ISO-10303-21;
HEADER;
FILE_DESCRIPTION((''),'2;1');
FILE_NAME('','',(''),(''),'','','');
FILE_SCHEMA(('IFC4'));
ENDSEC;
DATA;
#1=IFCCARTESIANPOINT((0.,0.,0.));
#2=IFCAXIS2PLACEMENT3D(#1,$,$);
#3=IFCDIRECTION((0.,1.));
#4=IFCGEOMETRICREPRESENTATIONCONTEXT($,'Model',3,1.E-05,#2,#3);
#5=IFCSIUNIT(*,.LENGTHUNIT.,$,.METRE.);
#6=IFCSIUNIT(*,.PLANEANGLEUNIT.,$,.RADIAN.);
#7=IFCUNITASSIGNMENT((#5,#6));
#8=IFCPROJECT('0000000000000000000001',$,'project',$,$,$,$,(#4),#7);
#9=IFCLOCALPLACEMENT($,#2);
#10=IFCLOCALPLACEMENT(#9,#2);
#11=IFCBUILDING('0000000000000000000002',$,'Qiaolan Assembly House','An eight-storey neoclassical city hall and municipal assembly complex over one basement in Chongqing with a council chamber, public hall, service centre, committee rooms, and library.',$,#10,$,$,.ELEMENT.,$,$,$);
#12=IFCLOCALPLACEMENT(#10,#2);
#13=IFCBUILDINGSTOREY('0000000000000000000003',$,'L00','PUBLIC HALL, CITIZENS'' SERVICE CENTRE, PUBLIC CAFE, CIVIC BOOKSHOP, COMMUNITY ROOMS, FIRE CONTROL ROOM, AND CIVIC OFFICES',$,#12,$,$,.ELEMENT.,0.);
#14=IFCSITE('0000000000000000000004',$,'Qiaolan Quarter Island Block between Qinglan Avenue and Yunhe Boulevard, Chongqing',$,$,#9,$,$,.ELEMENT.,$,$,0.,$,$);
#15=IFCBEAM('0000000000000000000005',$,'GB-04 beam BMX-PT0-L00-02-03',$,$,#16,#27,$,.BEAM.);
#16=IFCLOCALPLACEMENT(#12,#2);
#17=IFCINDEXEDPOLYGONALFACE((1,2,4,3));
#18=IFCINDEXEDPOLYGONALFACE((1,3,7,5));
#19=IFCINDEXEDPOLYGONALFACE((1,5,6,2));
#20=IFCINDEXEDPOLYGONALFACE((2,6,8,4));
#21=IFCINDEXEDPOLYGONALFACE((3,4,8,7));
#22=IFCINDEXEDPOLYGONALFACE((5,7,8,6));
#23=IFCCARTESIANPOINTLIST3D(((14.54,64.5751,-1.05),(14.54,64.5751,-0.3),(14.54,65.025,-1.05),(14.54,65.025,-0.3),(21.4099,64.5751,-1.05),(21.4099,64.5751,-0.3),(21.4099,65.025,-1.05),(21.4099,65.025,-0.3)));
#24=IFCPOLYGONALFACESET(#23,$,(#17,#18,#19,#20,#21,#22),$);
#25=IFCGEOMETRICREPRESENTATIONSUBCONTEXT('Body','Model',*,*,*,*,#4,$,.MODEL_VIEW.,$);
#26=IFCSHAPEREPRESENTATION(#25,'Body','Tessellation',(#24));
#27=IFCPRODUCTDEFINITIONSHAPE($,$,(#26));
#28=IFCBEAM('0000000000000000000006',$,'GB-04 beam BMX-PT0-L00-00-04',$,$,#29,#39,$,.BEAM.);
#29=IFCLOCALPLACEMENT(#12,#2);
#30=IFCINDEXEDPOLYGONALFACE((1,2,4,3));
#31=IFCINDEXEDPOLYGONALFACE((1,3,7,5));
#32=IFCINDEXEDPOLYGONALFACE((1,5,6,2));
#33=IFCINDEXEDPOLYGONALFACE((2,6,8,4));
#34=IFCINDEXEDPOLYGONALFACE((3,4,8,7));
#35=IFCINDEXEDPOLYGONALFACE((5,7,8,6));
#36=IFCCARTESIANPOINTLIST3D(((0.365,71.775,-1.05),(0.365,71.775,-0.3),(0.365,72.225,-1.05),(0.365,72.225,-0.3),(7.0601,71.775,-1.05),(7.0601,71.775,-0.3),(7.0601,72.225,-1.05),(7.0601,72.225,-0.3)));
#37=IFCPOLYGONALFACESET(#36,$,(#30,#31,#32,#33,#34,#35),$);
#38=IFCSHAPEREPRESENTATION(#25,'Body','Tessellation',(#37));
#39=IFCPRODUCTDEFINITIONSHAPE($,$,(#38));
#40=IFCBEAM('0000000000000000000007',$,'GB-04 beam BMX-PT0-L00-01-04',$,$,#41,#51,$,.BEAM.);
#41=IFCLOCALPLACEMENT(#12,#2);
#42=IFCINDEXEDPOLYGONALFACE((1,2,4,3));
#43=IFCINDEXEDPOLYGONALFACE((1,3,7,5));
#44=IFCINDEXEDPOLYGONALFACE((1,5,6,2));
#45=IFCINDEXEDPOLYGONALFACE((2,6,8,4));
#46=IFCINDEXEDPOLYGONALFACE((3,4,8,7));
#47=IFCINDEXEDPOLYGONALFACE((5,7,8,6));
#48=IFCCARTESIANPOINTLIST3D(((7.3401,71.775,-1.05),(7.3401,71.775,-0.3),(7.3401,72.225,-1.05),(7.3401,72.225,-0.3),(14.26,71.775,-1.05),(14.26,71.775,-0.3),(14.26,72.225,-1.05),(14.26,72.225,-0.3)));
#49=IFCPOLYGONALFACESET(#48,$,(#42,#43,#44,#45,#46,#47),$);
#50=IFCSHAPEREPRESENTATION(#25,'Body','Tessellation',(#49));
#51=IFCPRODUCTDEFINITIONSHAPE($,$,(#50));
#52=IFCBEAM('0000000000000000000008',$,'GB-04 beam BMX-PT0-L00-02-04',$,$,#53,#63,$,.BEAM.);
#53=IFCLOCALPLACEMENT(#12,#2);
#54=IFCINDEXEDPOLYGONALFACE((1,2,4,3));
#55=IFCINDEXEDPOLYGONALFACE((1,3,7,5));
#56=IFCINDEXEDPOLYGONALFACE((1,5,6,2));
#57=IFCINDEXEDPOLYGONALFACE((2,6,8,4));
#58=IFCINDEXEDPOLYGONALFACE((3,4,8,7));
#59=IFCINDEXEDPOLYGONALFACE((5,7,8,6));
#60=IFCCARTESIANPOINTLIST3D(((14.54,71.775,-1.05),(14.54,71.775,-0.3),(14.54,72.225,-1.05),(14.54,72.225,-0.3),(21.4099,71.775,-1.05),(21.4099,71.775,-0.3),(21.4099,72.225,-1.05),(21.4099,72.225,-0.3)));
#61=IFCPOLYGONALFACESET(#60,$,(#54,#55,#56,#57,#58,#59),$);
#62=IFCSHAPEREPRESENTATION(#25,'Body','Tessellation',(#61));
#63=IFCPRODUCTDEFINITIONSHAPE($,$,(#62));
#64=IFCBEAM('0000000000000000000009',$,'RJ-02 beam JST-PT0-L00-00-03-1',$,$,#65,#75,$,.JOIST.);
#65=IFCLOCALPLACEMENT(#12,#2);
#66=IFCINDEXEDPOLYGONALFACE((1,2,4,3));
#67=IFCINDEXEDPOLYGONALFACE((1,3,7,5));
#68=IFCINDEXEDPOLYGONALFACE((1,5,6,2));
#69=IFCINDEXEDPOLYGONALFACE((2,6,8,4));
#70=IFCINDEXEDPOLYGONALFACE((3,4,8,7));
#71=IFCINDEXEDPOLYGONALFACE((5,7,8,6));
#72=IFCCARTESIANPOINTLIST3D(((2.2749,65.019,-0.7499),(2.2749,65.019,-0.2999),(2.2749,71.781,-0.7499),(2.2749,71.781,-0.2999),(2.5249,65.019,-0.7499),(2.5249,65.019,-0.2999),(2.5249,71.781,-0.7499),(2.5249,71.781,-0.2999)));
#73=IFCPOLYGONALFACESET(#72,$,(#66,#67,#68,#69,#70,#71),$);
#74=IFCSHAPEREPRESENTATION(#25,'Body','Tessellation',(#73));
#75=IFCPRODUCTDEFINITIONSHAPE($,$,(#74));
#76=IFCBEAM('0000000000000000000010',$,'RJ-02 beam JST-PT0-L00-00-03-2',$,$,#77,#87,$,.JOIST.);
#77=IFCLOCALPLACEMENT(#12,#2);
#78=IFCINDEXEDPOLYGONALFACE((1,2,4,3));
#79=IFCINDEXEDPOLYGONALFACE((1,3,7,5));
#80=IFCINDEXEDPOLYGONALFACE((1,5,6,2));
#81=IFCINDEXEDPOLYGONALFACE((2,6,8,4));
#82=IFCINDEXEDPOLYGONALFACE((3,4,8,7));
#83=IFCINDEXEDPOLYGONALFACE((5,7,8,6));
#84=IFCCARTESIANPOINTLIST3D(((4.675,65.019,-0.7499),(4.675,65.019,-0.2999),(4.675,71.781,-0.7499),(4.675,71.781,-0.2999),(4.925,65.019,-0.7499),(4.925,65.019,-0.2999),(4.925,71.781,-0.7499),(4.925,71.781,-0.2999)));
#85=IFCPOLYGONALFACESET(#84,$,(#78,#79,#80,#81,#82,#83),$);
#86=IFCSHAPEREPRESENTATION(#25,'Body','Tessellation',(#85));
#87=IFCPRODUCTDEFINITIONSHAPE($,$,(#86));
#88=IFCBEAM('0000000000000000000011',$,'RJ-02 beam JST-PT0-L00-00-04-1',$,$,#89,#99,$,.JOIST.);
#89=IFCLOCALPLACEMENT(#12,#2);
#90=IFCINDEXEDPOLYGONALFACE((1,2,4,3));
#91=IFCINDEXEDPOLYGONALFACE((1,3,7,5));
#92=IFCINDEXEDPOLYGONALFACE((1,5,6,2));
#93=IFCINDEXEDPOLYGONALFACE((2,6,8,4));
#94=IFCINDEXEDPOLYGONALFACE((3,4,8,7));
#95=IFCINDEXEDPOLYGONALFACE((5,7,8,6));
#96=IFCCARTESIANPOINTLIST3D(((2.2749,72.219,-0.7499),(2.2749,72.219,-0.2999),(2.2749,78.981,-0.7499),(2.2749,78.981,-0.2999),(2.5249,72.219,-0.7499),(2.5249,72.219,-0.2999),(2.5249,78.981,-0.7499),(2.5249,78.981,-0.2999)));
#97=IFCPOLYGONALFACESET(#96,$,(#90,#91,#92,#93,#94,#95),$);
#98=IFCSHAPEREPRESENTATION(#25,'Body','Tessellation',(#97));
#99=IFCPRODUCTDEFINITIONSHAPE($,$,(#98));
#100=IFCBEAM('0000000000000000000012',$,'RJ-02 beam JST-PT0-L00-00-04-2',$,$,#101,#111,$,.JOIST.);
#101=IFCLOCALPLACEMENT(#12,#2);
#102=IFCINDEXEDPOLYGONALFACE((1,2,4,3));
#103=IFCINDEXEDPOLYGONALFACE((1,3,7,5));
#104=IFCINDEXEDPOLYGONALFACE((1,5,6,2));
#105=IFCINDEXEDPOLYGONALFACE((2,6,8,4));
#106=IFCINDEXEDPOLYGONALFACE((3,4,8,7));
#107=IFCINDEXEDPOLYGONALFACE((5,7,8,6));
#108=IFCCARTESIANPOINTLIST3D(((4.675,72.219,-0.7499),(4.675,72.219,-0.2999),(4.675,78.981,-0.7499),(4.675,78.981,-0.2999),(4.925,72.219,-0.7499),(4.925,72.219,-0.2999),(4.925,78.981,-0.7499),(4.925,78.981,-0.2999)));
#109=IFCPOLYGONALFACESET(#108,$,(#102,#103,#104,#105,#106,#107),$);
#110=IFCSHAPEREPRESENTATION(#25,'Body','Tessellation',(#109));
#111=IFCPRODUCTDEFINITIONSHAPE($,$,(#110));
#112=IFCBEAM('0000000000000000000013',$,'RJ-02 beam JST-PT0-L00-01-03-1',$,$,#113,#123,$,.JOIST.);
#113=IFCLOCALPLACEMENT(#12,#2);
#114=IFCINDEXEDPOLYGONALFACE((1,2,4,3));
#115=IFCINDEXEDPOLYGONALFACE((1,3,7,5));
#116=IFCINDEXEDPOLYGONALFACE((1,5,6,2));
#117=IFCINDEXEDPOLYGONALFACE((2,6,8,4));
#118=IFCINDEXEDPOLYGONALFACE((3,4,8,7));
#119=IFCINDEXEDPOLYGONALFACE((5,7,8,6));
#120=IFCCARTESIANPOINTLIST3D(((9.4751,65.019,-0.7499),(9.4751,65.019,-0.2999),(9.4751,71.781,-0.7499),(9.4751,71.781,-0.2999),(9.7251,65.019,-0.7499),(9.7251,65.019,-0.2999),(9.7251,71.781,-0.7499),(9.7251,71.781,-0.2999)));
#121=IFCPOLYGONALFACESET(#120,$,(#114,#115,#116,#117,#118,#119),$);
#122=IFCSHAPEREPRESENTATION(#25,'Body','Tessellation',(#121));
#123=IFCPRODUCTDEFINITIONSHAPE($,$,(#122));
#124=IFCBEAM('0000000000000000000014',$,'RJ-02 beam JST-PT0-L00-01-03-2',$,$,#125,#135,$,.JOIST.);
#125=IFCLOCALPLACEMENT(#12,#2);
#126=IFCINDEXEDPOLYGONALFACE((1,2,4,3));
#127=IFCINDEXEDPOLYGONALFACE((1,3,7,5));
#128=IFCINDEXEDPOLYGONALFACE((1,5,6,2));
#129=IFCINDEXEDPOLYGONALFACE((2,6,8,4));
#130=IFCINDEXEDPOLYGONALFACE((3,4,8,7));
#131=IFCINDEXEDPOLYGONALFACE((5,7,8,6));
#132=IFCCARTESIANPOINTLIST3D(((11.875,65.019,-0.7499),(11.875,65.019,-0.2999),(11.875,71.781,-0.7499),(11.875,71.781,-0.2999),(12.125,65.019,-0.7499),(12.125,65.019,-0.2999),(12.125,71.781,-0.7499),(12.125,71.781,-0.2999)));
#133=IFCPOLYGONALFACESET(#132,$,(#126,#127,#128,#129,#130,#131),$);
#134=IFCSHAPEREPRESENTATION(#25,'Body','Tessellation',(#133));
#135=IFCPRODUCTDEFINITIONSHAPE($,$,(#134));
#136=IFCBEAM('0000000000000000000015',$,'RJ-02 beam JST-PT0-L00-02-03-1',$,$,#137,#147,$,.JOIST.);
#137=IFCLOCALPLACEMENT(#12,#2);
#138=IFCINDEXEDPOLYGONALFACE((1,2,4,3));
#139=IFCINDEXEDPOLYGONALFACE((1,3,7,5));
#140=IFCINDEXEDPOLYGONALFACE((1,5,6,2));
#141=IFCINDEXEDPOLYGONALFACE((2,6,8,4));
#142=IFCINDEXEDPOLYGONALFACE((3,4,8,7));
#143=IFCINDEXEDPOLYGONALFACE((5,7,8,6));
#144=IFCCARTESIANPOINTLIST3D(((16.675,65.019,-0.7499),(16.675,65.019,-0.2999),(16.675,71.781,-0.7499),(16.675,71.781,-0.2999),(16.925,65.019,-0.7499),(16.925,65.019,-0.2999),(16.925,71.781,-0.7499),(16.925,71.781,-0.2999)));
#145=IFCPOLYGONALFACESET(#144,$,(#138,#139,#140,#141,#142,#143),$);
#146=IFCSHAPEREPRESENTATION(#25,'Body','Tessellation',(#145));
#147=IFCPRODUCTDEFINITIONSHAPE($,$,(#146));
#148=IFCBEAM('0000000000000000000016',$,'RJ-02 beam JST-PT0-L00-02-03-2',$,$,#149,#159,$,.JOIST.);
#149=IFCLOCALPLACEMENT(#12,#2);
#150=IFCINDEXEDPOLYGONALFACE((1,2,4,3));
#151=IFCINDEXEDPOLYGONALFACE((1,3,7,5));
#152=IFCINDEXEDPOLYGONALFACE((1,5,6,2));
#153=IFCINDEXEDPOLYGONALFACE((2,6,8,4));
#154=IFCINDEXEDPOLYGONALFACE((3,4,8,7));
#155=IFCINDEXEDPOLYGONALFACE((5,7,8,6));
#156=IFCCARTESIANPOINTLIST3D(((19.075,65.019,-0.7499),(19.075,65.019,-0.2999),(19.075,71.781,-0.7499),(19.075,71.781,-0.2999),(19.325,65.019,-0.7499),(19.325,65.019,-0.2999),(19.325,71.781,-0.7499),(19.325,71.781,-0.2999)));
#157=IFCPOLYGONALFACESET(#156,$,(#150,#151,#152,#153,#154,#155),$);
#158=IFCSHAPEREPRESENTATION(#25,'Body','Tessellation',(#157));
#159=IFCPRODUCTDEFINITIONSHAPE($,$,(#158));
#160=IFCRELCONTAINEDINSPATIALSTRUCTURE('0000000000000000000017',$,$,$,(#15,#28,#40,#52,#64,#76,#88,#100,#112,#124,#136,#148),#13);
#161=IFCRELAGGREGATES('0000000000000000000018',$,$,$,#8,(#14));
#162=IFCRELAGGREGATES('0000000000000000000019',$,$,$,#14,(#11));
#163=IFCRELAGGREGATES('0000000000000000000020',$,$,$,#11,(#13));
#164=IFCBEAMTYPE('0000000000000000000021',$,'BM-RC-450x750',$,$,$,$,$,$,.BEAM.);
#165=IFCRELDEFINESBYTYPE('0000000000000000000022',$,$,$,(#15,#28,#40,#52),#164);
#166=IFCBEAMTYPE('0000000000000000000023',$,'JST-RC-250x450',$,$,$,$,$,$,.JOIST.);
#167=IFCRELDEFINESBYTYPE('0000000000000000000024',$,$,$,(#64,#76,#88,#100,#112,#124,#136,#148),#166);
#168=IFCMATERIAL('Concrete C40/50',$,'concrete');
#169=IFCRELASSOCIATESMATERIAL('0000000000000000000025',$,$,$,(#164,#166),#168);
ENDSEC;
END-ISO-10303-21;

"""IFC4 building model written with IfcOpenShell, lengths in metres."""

from ifc_helpers import new_model, si_unit, direction, frame, origin, origin_2d, place, context, subcontext, project, spatial, rectangle, extrude, material, material_profile, profile_set, type_object, element, save


model = new_model("IFC4")

# Units and contexts
model_context = context("Model", 3, precision=1e-05, world=origin(), true_north=direction((0.0, 1.0)))
body_context = subcontext(model_context, "Body", "Model", "MODEL_VIEW")
ifc_project = project(units=[si_unit("LENGTHUNIT", "METRE"), si_unit("PLANEANGLEUNIT", "RADIAN")], contexts=[model_context])

# Site, building, storey
site_placement = place(None, origin())
site = spatial("IfcSite", under=ifc_project, at=site_placement, Name="Qiaolan Quarter Island Block between Qinglan Avenue and Yunhe Boulevard, Chongqing", CompositionType="ELEMENT", RefElevation=0.0)
building_placement = place(site_placement, origin())
building = spatial("IfcBuilding", under=site, at=building_placement, Name="Qiaolan Assembly House", Description="An eight-storey neoclassical city hall and municipal assembly complex over one basement in Chongqing with a council chamber, public hall, service centre, committee rooms, and library.", CompositionType="ELEMENT")
storey_placement = place(building_placement, origin())
storey = spatial("IfcBuildingStorey", under=building, at=storey_placement, Name="L00", Description="PUBLIC HALL, CITIZENS' SERVICE CENTRE, PUBLIC CAFE, CIVIC BOOKSHOP, COMMUNITY ROOMS, FIRE CONTROL ROOM, AND CIVIC OFFICES", CompositionType="ELEMENT", Elevation=0.0)

# Beams
ifc_material_1 = material(Name="Concrete C40/50", Category="concrete")
ifc_material_profile_1 = material_profile(ifc_material_1, rectangle(XDim=0.45, YDim=0.75, at=origin_2d()), Name="RCB 450x750")
ifc_profile_set_1 = profile_set([ifc_material_profile_1], Name="Concrete C40/50")
beam_type_1 = type_object("IfcBeamType", Name="BM-RC-450x750", PredefinedType="BEAM", material=ifc_profile_set_1)
beam_1_placement = place(storey_placement, frame((14.54, 64.8, -0.675), z_axis=(1.0, 0.0, 0.0), x_axis=(0.0, 1.0, 0.0)))
element("IfcBeam", 1, at=beam_1_placement, inside=storey, type_object=beam_type_1, Name="GB-04 beam BMX-PT0-L00-02-03", PredefinedType="BEAM", context=body_context, shape_type="SweptSolid", body=[
    extrude(rectangle(XDim=0.45, YDim=0.75, at=origin_2d()), origin(), (0.0, 0.0, 1.0), 6.8699),
])
beam_2_placement = place(storey_placement, frame((0.365, 72.0, -0.675), z_axis=(1.0, 0.0, 0.0), x_axis=(0.0, 1.0, 0.0)))
element("IfcBeam", 2, at=beam_2_placement, inside=storey, type_object=beam_type_1, Name="GB-04 beam BMX-PT0-L00-00-04", PredefinedType="BEAM", context=body_context, shape_type="SweptSolid", body=[
    extrude(rectangle(XDim=0.45, YDim=0.75, at=origin_2d()), origin(), (0.0, 0.0, 1.0), 6.6951),
])
beam_3_placement = place(storey_placement, frame((7.3401, 72.0, -0.675), z_axis=(1.0, 0.0, 0.0), x_axis=(0.0, 1.0, 0.0)))
element("IfcBeam", 3, at=beam_3_placement, inside=storey, type_object=beam_type_1, Name="GB-04 beam BMX-PT0-L00-01-04", PredefinedType="BEAM", context=body_context, shape_type="SweptSolid", body=[
    extrude(rectangle(XDim=0.45, YDim=0.75, at=origin_2d()), origin(), (0.0, 0.0, 1.0), 6.9199),
])
beam_4_placement = place(storey_placement, frame((14.54, 72.0, -0.675), z_axis=(1.0, 0.0, 0.0), x_axis=(0.0, 1.0, 0.0)))
element("IfcBeam", 4, at=beam_4_placement, inside=storey, type_object=beam_type_1, Name="GB-04 beam BMX-PT0-L00-02-04", PredefinedType="BEAM", context=body_context, shape_type="SweptSolid", body=[
    extrude(rectangle(XDim=0.45, YDim=0.75, at=origin_2d()), origin(), (0.0, 0.0, 1.0), 6.8699),
])
ifc_material_profile_2 = material_profile(ifc_material_1, rectangle(XDim=0.25, YDim=0.45, at=origin_2d()), Name="RCB 250x450")
ifc_profile_set_2 = profile_set([ifc_material_profile_2], Name="Concrete C40/50")
beam_type_2 = type_object("IfcBeamType", Name="JST-RC-250x450", PredefinedType="JOIST", material=ifc_profile_set_2)
for number, where, z_axis, x_axis, name in (
    (5, (2.3999, 65.019, -0.5249), (0.0, 1.0, 0.0), (-1.0, 0.0, 0.0), "RJ-02 beam JST-PT0-L00-00-03-1"),
    (6, (4.8, 65.019, -0.5249), (0.0, 1.0, 0.0), (-1.0, 0.0, 0.0), "RJ-02 beam JST-PT0-L00-00-03-2"),
    (7, (2.3999, 72.219, -0.5249), (0.0, 1.0, 0.0), (-1.0, 0.0, 0.0), "RJ-02 beam JST-PT0-L00-00-04-1"),
    (8, (4.8, 72.219, -0.5249), (0.0, 1.0, 0.0), (-1.0, 0.0, 0.0), "RJ-02 beam JST-PT0-L00-00-04-2"),
    (9, (9.6001, 65.019, -0.5249), (0.0, 1.0, 0.0), (-1.0, 0.0, 0.0), "RJ-02 beam JST-PT0-L00-01-03-1"),
    (10, (12.0, 65.019, -0.5249), (0.0, 1.0, 0.0), (-1.0, 0.0, 0.0), "RJ-02 beam JST-PT0-L00-01-03-2"),
    (11, (16.8, 65.019, -0.5249), (0.0, 1.0, 0.0), (-1.0, 0.0, 0.0), "RJ-02 beam JST-PT0-L00-02-03-1"),
    (12, (19.2, 65.019, -0.5249), (0.0, 1.0, 0.0), (-1.0, 0.0, 0.0), "RJ-02 beam JST-PT0-L00-02-03-2"),
):
    element("IfcBeam", number, at=place(storey_placement, frame(where, z_axis=z_axis, x_axis=x_axis)), inside=storey, type_object=beam_type_2, Name=name, PredefinedType="JOIST", context=body_context, shape_type="SweptSolid", body=[
        extrude(rectangle(XDim=0.25, YDim=0.45, at=origin_2d()), origin(), (0.0, 0.0, 1.0), 6.762),
    ])

save(model, "model.ifc")
